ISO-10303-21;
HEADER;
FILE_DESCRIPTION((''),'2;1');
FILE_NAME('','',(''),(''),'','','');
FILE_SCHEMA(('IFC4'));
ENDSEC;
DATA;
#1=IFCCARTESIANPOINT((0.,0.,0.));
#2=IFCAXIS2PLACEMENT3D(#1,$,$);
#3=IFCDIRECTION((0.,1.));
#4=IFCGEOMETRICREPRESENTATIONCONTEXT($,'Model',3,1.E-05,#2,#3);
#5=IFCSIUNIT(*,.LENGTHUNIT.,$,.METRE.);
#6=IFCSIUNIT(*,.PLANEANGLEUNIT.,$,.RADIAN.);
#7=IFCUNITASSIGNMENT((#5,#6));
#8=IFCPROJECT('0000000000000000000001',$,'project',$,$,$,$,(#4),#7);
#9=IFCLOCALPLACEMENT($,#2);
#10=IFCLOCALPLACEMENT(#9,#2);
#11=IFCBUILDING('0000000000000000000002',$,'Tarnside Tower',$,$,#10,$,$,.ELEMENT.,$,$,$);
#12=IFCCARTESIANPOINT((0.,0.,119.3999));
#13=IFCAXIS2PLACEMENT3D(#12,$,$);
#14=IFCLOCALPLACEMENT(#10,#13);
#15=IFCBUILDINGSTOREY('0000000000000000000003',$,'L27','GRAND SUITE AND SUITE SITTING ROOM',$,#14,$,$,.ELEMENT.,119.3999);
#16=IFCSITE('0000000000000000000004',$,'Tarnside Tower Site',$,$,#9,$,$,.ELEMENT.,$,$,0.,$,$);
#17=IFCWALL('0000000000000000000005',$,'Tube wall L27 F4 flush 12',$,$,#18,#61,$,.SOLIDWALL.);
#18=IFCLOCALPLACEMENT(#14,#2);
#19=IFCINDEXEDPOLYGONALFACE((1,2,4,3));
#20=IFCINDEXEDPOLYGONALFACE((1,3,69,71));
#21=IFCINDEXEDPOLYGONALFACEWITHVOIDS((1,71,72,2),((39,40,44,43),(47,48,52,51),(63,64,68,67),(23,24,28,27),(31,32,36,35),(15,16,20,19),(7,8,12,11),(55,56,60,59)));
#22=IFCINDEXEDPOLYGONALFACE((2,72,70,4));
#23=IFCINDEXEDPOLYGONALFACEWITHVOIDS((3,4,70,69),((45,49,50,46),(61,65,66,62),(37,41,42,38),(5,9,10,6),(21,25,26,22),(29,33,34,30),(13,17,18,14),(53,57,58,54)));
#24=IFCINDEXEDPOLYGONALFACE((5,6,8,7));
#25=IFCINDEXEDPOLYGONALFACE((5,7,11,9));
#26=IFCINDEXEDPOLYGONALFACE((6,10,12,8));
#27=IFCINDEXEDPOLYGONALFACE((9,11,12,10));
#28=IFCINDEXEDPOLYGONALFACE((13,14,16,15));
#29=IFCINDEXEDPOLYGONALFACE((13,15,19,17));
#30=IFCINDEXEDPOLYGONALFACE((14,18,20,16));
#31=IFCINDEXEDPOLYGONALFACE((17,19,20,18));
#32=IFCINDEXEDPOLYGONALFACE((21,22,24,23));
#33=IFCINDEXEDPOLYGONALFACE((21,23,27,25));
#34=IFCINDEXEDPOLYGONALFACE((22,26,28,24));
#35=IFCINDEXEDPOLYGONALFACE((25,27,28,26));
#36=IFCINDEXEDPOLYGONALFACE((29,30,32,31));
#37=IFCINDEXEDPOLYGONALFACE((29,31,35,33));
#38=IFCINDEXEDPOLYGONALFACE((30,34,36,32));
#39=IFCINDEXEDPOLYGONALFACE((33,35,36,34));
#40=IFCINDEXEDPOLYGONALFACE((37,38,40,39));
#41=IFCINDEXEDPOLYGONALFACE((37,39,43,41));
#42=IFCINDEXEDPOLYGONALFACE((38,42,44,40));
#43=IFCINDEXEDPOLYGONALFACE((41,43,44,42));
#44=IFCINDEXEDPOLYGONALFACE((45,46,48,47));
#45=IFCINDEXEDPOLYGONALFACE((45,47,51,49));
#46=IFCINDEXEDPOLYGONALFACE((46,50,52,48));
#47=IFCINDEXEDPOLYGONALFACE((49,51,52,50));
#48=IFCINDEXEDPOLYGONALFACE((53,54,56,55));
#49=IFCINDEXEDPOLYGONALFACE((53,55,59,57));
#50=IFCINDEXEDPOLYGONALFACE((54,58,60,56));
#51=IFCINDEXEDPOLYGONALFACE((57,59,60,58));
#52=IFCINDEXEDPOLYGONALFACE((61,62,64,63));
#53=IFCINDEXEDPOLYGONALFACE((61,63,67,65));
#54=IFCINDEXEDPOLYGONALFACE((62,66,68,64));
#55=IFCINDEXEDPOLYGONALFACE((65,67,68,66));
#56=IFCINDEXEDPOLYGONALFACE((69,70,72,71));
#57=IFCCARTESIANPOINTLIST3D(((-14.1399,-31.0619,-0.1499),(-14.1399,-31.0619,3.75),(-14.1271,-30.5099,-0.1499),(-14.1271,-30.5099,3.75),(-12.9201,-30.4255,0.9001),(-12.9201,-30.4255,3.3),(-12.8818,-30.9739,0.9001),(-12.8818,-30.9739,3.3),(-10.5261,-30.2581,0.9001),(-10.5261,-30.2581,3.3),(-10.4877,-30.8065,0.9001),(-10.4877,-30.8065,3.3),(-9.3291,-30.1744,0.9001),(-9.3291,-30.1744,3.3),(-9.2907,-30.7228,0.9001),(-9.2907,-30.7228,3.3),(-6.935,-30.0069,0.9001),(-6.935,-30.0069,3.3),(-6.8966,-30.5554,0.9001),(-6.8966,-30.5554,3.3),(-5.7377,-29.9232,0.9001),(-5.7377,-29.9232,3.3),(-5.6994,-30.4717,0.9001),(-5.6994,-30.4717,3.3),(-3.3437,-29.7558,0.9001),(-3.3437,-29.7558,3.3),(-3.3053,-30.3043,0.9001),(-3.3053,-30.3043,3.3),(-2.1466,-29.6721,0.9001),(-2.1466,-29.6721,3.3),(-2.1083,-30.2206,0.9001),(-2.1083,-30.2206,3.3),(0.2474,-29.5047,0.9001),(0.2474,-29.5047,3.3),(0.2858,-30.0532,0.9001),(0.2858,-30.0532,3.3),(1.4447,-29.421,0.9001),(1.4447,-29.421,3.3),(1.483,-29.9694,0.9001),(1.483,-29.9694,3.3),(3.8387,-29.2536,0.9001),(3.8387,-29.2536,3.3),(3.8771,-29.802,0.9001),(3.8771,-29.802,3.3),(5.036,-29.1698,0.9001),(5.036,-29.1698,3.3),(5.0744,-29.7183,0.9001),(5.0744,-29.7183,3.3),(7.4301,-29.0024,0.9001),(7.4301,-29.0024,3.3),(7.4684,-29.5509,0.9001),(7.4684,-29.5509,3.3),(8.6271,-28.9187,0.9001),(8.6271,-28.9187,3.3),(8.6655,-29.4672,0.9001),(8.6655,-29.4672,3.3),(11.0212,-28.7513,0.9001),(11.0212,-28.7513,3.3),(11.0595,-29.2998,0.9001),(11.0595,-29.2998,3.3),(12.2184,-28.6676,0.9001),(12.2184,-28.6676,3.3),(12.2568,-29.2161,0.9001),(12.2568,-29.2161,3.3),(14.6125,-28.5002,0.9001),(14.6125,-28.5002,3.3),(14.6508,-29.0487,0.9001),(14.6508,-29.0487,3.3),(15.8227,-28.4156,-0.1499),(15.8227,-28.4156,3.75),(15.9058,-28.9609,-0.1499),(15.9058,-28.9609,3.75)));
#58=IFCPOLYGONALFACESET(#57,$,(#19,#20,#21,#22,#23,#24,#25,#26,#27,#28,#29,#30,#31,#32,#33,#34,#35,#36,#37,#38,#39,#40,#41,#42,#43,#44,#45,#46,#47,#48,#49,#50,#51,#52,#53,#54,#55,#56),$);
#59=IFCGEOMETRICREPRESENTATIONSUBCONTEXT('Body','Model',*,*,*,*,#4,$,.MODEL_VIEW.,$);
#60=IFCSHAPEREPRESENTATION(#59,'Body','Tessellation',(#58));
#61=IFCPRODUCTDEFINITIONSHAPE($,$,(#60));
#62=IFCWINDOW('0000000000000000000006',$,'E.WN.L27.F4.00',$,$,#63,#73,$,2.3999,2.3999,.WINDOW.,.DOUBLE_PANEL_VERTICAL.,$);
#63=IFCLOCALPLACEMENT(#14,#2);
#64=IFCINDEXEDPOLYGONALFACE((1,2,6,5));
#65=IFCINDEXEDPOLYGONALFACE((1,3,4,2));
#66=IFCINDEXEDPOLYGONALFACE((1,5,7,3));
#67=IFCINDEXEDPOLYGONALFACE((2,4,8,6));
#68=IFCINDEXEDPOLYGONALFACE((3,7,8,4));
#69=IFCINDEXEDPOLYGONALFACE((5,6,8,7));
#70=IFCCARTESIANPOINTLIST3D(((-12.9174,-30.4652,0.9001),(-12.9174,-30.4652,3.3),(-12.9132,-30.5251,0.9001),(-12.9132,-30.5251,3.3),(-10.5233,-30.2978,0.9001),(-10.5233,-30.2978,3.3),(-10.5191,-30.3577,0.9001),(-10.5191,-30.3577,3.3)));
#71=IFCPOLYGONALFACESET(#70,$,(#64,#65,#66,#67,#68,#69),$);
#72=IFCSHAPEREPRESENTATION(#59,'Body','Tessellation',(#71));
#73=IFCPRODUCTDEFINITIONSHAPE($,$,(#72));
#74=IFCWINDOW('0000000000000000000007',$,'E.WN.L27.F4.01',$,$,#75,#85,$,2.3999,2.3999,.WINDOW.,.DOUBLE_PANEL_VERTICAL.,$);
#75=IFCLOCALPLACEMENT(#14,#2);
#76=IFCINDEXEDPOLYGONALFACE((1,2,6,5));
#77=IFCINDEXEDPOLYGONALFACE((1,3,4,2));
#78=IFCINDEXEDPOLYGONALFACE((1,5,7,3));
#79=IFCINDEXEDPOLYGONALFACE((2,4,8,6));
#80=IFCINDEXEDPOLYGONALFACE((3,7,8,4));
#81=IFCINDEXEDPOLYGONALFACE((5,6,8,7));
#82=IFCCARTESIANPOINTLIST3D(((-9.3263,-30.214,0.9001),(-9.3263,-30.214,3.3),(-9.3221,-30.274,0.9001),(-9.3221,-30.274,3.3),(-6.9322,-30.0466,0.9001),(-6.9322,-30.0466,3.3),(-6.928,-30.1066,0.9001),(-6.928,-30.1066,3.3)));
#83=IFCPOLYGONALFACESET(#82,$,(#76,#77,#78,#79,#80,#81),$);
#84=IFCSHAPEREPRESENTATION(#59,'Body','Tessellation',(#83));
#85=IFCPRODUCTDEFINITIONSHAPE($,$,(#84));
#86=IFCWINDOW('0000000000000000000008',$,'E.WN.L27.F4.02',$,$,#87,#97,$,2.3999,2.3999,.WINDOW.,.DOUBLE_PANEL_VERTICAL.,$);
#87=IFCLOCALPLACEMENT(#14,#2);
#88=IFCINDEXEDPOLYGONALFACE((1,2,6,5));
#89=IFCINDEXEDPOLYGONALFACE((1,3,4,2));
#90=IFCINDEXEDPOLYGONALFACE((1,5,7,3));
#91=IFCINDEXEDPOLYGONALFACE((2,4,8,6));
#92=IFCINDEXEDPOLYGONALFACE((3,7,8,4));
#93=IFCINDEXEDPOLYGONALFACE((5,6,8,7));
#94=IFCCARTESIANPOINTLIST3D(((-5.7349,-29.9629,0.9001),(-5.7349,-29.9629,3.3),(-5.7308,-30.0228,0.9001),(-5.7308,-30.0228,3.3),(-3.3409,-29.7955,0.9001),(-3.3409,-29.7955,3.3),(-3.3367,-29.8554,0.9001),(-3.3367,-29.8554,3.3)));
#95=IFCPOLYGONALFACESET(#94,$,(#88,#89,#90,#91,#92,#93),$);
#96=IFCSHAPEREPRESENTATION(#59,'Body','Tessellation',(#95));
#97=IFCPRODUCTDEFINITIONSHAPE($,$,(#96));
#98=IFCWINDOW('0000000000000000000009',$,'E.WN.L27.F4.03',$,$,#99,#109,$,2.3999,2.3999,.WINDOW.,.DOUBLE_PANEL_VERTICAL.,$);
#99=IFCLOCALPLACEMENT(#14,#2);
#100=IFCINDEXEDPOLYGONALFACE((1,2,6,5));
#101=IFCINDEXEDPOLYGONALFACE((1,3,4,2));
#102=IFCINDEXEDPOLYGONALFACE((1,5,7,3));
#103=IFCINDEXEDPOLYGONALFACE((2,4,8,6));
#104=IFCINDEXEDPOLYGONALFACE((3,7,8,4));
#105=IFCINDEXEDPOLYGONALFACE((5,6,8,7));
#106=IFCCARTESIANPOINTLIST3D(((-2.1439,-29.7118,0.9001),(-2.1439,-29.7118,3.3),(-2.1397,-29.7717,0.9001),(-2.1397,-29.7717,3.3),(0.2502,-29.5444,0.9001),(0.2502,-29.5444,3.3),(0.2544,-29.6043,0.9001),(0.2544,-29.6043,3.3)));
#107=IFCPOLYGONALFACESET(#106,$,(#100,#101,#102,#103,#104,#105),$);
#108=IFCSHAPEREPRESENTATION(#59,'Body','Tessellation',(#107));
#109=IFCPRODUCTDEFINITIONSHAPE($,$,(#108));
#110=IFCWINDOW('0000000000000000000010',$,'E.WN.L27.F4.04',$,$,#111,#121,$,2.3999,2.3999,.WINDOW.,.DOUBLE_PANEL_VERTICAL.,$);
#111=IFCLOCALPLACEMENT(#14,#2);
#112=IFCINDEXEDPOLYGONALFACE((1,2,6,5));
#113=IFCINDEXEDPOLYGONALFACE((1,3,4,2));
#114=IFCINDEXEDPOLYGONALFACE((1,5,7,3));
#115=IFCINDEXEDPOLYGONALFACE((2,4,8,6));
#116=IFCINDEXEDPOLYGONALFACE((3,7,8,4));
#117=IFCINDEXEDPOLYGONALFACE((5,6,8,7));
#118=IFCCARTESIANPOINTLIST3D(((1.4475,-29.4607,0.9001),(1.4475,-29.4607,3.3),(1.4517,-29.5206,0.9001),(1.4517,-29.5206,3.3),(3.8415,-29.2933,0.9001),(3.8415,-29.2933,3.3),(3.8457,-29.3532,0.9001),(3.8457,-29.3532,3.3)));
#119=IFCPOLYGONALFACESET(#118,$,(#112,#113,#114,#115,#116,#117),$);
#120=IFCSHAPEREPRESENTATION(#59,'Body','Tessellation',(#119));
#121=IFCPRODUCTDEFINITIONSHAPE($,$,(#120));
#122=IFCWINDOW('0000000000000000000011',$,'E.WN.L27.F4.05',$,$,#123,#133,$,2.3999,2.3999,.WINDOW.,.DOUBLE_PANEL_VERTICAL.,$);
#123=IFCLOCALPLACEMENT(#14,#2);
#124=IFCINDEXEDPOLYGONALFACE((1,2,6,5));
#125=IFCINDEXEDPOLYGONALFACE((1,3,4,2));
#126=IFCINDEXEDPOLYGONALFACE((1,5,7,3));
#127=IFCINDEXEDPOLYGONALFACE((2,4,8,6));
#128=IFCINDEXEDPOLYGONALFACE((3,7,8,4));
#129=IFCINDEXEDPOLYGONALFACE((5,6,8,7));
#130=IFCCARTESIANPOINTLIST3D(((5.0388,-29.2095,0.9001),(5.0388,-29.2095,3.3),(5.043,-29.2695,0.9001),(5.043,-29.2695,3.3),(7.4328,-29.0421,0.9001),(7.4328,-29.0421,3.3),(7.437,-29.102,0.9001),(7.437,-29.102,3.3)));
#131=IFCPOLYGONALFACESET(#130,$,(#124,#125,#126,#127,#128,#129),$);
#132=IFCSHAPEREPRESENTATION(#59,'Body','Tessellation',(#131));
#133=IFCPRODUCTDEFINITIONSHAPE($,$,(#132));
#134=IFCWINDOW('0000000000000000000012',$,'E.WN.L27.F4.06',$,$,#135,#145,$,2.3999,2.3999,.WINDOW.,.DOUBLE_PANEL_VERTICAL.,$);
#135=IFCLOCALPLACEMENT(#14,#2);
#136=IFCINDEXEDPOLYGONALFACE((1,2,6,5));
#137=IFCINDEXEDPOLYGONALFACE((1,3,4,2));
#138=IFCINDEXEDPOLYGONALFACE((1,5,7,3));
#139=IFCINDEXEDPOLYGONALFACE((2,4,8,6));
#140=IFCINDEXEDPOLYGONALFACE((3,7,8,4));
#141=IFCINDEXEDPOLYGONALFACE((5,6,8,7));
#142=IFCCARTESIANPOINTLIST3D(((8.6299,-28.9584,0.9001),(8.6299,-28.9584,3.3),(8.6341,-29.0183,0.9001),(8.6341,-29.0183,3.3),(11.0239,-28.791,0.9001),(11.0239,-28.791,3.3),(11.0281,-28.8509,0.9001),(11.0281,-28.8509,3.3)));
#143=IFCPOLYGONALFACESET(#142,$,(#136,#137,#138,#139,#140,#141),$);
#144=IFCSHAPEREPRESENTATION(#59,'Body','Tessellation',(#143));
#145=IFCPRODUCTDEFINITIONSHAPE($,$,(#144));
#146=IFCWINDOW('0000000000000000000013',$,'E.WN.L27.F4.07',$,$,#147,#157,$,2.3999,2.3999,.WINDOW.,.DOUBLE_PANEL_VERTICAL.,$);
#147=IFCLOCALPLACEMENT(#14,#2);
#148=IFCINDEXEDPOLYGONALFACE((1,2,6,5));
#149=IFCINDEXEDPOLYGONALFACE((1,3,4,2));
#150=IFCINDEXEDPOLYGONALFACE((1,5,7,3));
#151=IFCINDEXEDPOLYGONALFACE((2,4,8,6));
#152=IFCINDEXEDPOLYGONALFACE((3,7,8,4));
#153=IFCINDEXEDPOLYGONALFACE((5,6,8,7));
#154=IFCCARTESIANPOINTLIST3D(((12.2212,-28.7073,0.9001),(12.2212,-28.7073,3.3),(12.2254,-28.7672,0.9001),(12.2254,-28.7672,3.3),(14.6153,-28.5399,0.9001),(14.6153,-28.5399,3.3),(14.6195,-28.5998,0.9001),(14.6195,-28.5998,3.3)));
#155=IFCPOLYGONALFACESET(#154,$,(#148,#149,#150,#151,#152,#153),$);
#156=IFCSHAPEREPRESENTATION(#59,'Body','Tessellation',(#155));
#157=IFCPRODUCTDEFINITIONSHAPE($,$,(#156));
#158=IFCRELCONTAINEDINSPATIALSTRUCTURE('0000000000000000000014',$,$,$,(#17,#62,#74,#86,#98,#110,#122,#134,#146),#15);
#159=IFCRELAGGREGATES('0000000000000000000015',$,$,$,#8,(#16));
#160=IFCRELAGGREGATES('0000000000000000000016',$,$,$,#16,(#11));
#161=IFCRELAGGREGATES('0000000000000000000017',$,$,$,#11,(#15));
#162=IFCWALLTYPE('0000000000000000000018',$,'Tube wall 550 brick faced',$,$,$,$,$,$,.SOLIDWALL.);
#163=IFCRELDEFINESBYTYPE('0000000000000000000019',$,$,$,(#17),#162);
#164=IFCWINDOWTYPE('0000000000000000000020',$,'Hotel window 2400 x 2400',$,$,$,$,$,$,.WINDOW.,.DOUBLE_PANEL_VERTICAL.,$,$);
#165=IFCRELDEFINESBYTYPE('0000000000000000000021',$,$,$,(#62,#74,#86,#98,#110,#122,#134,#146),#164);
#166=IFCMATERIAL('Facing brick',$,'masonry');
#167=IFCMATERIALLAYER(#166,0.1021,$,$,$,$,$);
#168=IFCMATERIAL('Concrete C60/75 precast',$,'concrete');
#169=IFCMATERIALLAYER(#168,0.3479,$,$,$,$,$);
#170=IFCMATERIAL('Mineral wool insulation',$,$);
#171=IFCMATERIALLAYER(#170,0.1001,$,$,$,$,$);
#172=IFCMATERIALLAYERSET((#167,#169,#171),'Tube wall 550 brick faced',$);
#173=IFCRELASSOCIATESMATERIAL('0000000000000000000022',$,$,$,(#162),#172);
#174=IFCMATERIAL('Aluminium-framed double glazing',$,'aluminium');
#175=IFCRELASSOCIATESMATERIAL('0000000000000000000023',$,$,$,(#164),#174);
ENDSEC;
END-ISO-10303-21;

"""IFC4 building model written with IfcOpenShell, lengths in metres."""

from ifc_helpers import new_model, si_unit, direction, frame, frame_2d, origin, place, context, subcontext, project, spatial, polyline, rectangle, outline, extrude, material, layer, layer_set, type_object, element, fill, save


model = new_model("IFC4")

# Units and contexts
model_context = context("Model", 3, precision=1e-05, world=origin(), true_north=direction((0.0, 1.0)))
body_context = subcontext(model_context, "Body", "Model", "MODEL_VIEW")
ifc_project = project(units=[si_unit("LENGTHUNIT", "METRE"), si_unit("PLANEANGLEUNIT", "RADIAN")], contexts=[model_context])

# Site, building, storey
site_placement = place(None, origin())
site = spatial("IfcSite", under=ifc_project, at=site_placement, Name="Tarnside Tower Site", CompositionType="ELEMENT", RefElevation=0.0)
building_placement = place(site_placement, origin())
building = spatial("IfcBuilding", under=site, at=building_placement, Name="Tarnside Tower", CompositionType="ELEMENT")
storey_placement = place(building_placement, frame((0.0, 0.0, 119.3999)))
storey = spatial("IfcBuildingStorey", under=building, at=storey_placement, Name="L27", Description="GRAND SUITE AND SUITE SITTING ROOM", CompositionType="ELEMENT", Elevation=119.3999)

# Shared definitions
ifc_material_1 = material(Name="Facing brick", Category="masonry")
ifc_layer_1 = layer(ifc_material_1, 0.1021)
ifc_material_2 = material(Name="Concrete C60/75 precast", Category="concrete")
ifc_layer_2 = layer(ifc_material_2, 0.3479)
ifc_material_3 = material(Name="Mineral wool insulation")
ifc_layer_3 = layer(ifc_material_3, 0.1001)
ifc_layer_set_1 = layer_set([ifc_layer_1, ifc_layer_2, ifc_layer_3], Name="Tube wall 550 brick faced")
wall_type_1 = type_object("IfcWallType", Name="Tube wall 550 brick faced", PredefinedType="SOLIDWALL", material=ifc_layer_set_1)

# Wall, openings, windows
wall_1_placement = place(storey_placement, frame((-14.1335, -30.7859, -0.1499), z_axis=(0.0, 0.0, 1.0), x_axis=(0.997564, 0.069757, 0.0)))
wall_1 = element("IfcWall", 1, at=wall_1_placement, inside=storey, type_object=wall_type_1, Name="Tube wall L27 F4 flush 12", PredefinedType="SOLIDWALL", context=body_context, shape_type="SweptSolid", body=[
    extrude(outline(polyline([(-0.0256, -0.2749), (30.0935, -0.2749), (30.0486, 0.2749), (0.0256, 0.2749), (-0.0256, -0.2749)])), origin(), (0.0, 0.0, 1.0), 3.8999),
])
opening_1_placement = place(wall_1_placement, frame((1.2356, 0.0, 1.05)))
opening_1 = element("IfcOpeningElement", 2, at=opening_1_placement, cuts=wall_1, PredefinedType="OPENING", context=body_context, shape_type="SweptSolid", body=[
    extrude(rectangle(XDim=2.3999, YDim=2.3999, at=frame_2d((1.2, 1.2))), frame((0.0, 0.2852, 0.0), z_axis=(0.0, -1.0, 0.0), x_axis=(1.0, 0.0, 0.0)), (0.0, 0.0, 1.0), 0.5701),
])
opening_2_placement = place(wall_1_placement, frame((4.8354, 0.0, 1.05)))
opening_2 = element("IfcOpeningElement", 3, at=opening_2_placement, cuts=wall_1, PredefinedType="OPENING", context=body_context, shape_type="SweptSolid", body=[
    extrude(rectangle(XDim=2.3999, YDim=2.3999, at=frame_2d((1.2, 1.2))), frame((0.0, 0.2852, 0.0), z_axis=(0.0, -1.0, 0.0), x_axis=(1.0, 0.0, 0.0)), (0.0, 0.0, 1.0), 0.5701),
])
opening_3_placement = place(wall_1_placement, frame((8.4355, 0.0, 1.05)))
opening_3 = element("IfcOpeningElement", 4, at=opening_3_placement, cuts=wall_1, PredefinedType="OPENING", context=body_context, shape_type="SweptSolid", body=[
    extrude(rectangle(XDim=2.3999, YDim=2.3999, at=frame_2d((1.2, 1.2))), frame((0.0, 0.2852, 0.0), z_axis=(0.0, -1.0, 0.0), x_axis=(1.0, 0.0, 0.0)), (0.0, 0.0, 1.0), 0.5701),
])
opening_4_placement = place(wall_1_placement, frame((12.0354, 0.0, 1.05)))
opening_4 = element("IfcOpeningElement", 5, at=opening_4_placement, cuts=wall_1, PredefinedType="OPENING", context=body_context, shape_type="SweptSolid", body=[
    extrude(rectangle(XDim=2.3999, YDim=2.3999, at=frame_2d((1.2, 1.2))), frame((0.0, 0.2852, 0.0), z_axis=(0.0, -1.0, 0.0), x_axis=(1.0, 0.0, 0.0)), (0.0, 0.0, 1.0), 0.5701),
])
opening_5_placement = place(wall_1_placement, frame((15.6355, 0.0, 1.05)))
opening_5 = element("IfcOpeningElement", 6, at=opening_5_placement, cuts=wall_1, PredefinedType="OPENING", context=body_context, shape_type="SweptSolid", body=[
    extrude(rectangle(XDim=2.3999, YDim=2.3999, at=frame_2d((1.2, 1.2))), frame((0.0, 0.2852, 0.0), z_axis=(0.0, -1.0, 0.0), x_axis=(1.0, 0.0, 0.0)), (0.0, 0.0, 1.0), 0.5701),
])
opening_6_placement = place(wall_1_placement, frame((19.2356, 0.0, 1.05)))
opening_6 = element("IfcOpeningElement", 7, at=opening_6_placement, cuts=wall_1, PredefinedType="OPENING", context=body_context, shape_type="SweptSolid", body=[
    extrude(rectangle(XDim=2.3999, YDim=2.3999, at=frame_2d((1.2, 1.2))), frame((0.0, 0.2852, 0.0), z_axis=(0.0, -1.0, 0.0), x_axis=(1.0, 0.0, 0.0)), (0.0, 0.0, 1.0), 0.5701),
])
opening_7_placement = place(wall_1_placement, frame((22.8354, 0.0, 1.05)))
opening_7 = element("IfcOpeningElement", 8, at=opening_7_placement, cuts=wall_1, PredefinedType="OPENING", context=body_context, shape_type="SweptSolid", body=[
    extrude(rectangle(XDim=2.3999, YDim=2.3999, at=frame_2d((1.2, 1.2))), frame((0.0, 0.2852, 0.0), z_axis=(0.0, -1.0, 0.0), x_axis=(1.0, 0.0, 0.0)), (0.0, 0.0, 1.0), 0.5701),
])
opening_8_placement = place(wall_1_placement, frame((26.4355, 0.0, 1.05)))
opening_8 = element("IfcOpeningElement", 9, at=opening_8_placement, cuts=wall_1, PredefinedType="OPENING", context=body_context, shape_type="SweptSolid", body=[
    extrude(rectangle(XDim=2.3999, YDim=2.3999, at=frame_2d((1.2, 1.2))), frame((0.0, 0.2852, 0.0), z_axis=(0.0, -1.0, 0.0), x_axis=(1.0, 0.0, 0.0)), (0.0, 0.0, 1.0), 0.5701),
])
ifc_material_4 = material(Name="Aluminium-framed double glazing", Category="aluminium")
window_type = type_object("IfcWindowType", Name="Hotel window 2400 x 2400", PartitioningType="DOUBLE_PANEL_VERTICAL", PredefinedType="WINDOW", material=ifc_material_4)
window_1_placement = place(opening_1_placement, frame((0.0, 0.2051, 0.0)))
window_1 = element("IfcWindow", 10, at=window_1_placement, inside=storey, type_object=window_type, Name="E.WN.L27.F4.00", OverallHeight=2.3999, OverallWidth=2.3999, PartitioningType="DOUBLE_PANEL_VERTICAL", PredefinedType="WINDOW", context=body_context, shape_type="SweptSolid", body=[
    extrude(rectangle(XDim=2.3999, YDim=2.3999, at=frame_2d((1.2, 1.2))), frame((0.0, 0.03, 0.0), z_axis=(0.0, -1.0, 0.0), x_axis=(1.0, 0.0, 0.0)), (0.0, 0.0, 1.0), 0.0601),
])
fill(opening_1, window_1)
window_2_placement = place(opening_2_placement, frame((0.0, 0.2051, 0.0)))
window_2 = element("IfcWindow", 11, at=window_2_placement, inside=storey, type_object=window_type, Name="E.WN.L27.F4.01", OverallHeight=2.3999, OverallWidth=2.3999, PartitioningType="DOUBLE_PANEL_VERTICAL", PredefinedType="WINDOW", context=body_context, shape_type="SweptSolid", body=[
    extrude(rectangle(XDim=2.3999, YDim=2.3999, at=frame_2d((1.2, 1.2))), frame((0.0, 0.03, 0.0), z_axis=(0.0, -1.0, 0.0), x_axis=(1.0, 0.0, 0.0)), (0.0, 0.0, 1.0), 0.0601),
])
fill(opening_2, window_2)
window_3_placement = place(opening_3_placement, frame((0.0, 0.2051, 0.0)))
window_3 = element("IfcWindow", 12, at=window_3_placement, inside=storey, type_object=window_type, Name="E.WN.L27.F4.02", OverallHeight=2.3999, OverallWidth=2.3999, PartitioningType="DOUBLE_PANEL_VERTICAL", PredefinedType="WINDOW", context=body_context, shape_type="SweptSolid", body=[
    extrude(rectangle(XDim=2.3999, YDim=2.3999, at=frame_2d((1.2, 1.2))), frame((0.0, 0.03, 0.0), z_axis=(0.0, -1.0, 0.0), x_axis=(1.0, 0.0, 0.0)), (0.0, 0.0, 1.0), 0.0601),
])
fill(opening_3, window_3)
window_4_placement = place(opening_4_placement, frame((0.0, 0.2051, 0.0)))
window_4 = element("IfcWindow", 13, at=window_4_placement, inside=storey, type_object=window_type, Name="E.WN.L27.F4.03", OverallHeight=2.3999, OverallWidth=2.3999, PartitioningType="DOUBLE_PANEL_VERTICAL", PredefinedType="WINDOW", context=body_context, shape_type="SweptSolid", body=[
    extrude(rectangle(XDim=2.3999, YDim=2.3999, at=frame_2d((1.2, 1.2))), frame((0.0, 0.03, 0.0), z_axis=(0.0, -1.0, 0.0), x_axis=(1.0, 0.0, 0.0)), (0.0, 0.0, 1.0), 0.0601),
])
fill(opening_4, window_4)
window_5_placement = place(opening_5_placement, frame((0.0, 0.2051, 0.0)))
window_5 = element("IfcWindow", 14, at=window_5_placement, inside=storey, type_object=window_type, Name="E.WN.L27.F4.04", OverallHeight=2.3999, OverallWidth=2.3999, PartitioningType="DOUBLE_PANEL_VERTICAL", PredefinedType="WINDOW", context=body_context, shape_type="SweptSolid", body=[
    extrude(rectangle(XDim=2.3999, YDim=2.3999, at=frame_2d((1.2, 1.2))), frame((0.0, 0.03, 0.0), z_axis=(0.0, -1.0, 0.0), x_axis=(1.0, 0.0, 0.0)), (0.0, 0.0, 1.0), 0.0601),
])
fill(opening_5, window_5)
window_6_placement = place(opening_6_placement, frame((0.0, 0.2051, 0.0)))
window_6 = element("IfcWindow", 15, at=window_6_placement, inside=storey, type_object=window_type, Name="E.WN.L27.F4.05", OverallHeight=2.3999, OverallWidth=2.3999, PartitioningType="DOUBLE_PANEL_VERTICAL", PredefinedType="WINDOW", context=body_context, shape_type="SweptSolid", body=[
    extrude(rectangle(XDim=2.3999, YDim=2.3999, at=frame_2d((1.2, 1.2))), frame((0.0, 0.03, 0.0), z_axis=(0.0, -1.0, 0.0), x_axis=(1.0, 0.0, 0.0)), (0.0, 0.0, 1.0), 0.0601),
])
fill(opening_6, window_6)
window_7_placement = place(opening_7_placement, frame((0.0, 0.2051, 0.0)))
window_7 = element("IfcWindow", 16, at=window_7_placement, inside=storey, type_object=window_type, Name="E.WN.L27.F4.06", OverallHeight=2.3999, OverallWidth=2.3999, PartitioningType="DOUBLE_PANEL_VERTICAL", PredefinedType="WINDOW", context=body_context, shape_type="SweptSolid", body=[
    extrude(rectangle(XDim=2.3999, YDim=2.3999, at=frame_2d((1.2, 1.2))), frame((0.0, 0.03, 0.0), z_axis=(0.0, -1.0, 0.0), x_axis=(1.0, 0.0, 0.0)), (0.0, 0.0, 1.0), 0.0601),
])
fill(opening_7, window_7)
window_8_placement = place(opening_8_placement, frame((0.0, 0.2051, 0.0)))
window_8 = element("IfcWindow", 17, at=window_8_placement, inside=storey, type_object=window_type, Name="E.WN.L27.F4.07", OverallHeight=2.3999, OverallWidth=2.3999, PartitioningType="DOUBLE_PANEL_VERTICAL", PredefinedType="WINDOW", context=body_context, shape_type="SweptSolid", body=[
    extrude(rectangle(XDim=2.3999, YDim=2.3999, at=frame_2d((1.2, 1.2))), frame((0.0, 0.03, 0.0), z_axis=(0.0, -1.0, 0.0), x_axis=(1.0, 0.0, 0.0)), (0.0, 0.0, 1.0), 0.0601),
])
fill(opening_8, window_8)

save(model, "model.ifc")
